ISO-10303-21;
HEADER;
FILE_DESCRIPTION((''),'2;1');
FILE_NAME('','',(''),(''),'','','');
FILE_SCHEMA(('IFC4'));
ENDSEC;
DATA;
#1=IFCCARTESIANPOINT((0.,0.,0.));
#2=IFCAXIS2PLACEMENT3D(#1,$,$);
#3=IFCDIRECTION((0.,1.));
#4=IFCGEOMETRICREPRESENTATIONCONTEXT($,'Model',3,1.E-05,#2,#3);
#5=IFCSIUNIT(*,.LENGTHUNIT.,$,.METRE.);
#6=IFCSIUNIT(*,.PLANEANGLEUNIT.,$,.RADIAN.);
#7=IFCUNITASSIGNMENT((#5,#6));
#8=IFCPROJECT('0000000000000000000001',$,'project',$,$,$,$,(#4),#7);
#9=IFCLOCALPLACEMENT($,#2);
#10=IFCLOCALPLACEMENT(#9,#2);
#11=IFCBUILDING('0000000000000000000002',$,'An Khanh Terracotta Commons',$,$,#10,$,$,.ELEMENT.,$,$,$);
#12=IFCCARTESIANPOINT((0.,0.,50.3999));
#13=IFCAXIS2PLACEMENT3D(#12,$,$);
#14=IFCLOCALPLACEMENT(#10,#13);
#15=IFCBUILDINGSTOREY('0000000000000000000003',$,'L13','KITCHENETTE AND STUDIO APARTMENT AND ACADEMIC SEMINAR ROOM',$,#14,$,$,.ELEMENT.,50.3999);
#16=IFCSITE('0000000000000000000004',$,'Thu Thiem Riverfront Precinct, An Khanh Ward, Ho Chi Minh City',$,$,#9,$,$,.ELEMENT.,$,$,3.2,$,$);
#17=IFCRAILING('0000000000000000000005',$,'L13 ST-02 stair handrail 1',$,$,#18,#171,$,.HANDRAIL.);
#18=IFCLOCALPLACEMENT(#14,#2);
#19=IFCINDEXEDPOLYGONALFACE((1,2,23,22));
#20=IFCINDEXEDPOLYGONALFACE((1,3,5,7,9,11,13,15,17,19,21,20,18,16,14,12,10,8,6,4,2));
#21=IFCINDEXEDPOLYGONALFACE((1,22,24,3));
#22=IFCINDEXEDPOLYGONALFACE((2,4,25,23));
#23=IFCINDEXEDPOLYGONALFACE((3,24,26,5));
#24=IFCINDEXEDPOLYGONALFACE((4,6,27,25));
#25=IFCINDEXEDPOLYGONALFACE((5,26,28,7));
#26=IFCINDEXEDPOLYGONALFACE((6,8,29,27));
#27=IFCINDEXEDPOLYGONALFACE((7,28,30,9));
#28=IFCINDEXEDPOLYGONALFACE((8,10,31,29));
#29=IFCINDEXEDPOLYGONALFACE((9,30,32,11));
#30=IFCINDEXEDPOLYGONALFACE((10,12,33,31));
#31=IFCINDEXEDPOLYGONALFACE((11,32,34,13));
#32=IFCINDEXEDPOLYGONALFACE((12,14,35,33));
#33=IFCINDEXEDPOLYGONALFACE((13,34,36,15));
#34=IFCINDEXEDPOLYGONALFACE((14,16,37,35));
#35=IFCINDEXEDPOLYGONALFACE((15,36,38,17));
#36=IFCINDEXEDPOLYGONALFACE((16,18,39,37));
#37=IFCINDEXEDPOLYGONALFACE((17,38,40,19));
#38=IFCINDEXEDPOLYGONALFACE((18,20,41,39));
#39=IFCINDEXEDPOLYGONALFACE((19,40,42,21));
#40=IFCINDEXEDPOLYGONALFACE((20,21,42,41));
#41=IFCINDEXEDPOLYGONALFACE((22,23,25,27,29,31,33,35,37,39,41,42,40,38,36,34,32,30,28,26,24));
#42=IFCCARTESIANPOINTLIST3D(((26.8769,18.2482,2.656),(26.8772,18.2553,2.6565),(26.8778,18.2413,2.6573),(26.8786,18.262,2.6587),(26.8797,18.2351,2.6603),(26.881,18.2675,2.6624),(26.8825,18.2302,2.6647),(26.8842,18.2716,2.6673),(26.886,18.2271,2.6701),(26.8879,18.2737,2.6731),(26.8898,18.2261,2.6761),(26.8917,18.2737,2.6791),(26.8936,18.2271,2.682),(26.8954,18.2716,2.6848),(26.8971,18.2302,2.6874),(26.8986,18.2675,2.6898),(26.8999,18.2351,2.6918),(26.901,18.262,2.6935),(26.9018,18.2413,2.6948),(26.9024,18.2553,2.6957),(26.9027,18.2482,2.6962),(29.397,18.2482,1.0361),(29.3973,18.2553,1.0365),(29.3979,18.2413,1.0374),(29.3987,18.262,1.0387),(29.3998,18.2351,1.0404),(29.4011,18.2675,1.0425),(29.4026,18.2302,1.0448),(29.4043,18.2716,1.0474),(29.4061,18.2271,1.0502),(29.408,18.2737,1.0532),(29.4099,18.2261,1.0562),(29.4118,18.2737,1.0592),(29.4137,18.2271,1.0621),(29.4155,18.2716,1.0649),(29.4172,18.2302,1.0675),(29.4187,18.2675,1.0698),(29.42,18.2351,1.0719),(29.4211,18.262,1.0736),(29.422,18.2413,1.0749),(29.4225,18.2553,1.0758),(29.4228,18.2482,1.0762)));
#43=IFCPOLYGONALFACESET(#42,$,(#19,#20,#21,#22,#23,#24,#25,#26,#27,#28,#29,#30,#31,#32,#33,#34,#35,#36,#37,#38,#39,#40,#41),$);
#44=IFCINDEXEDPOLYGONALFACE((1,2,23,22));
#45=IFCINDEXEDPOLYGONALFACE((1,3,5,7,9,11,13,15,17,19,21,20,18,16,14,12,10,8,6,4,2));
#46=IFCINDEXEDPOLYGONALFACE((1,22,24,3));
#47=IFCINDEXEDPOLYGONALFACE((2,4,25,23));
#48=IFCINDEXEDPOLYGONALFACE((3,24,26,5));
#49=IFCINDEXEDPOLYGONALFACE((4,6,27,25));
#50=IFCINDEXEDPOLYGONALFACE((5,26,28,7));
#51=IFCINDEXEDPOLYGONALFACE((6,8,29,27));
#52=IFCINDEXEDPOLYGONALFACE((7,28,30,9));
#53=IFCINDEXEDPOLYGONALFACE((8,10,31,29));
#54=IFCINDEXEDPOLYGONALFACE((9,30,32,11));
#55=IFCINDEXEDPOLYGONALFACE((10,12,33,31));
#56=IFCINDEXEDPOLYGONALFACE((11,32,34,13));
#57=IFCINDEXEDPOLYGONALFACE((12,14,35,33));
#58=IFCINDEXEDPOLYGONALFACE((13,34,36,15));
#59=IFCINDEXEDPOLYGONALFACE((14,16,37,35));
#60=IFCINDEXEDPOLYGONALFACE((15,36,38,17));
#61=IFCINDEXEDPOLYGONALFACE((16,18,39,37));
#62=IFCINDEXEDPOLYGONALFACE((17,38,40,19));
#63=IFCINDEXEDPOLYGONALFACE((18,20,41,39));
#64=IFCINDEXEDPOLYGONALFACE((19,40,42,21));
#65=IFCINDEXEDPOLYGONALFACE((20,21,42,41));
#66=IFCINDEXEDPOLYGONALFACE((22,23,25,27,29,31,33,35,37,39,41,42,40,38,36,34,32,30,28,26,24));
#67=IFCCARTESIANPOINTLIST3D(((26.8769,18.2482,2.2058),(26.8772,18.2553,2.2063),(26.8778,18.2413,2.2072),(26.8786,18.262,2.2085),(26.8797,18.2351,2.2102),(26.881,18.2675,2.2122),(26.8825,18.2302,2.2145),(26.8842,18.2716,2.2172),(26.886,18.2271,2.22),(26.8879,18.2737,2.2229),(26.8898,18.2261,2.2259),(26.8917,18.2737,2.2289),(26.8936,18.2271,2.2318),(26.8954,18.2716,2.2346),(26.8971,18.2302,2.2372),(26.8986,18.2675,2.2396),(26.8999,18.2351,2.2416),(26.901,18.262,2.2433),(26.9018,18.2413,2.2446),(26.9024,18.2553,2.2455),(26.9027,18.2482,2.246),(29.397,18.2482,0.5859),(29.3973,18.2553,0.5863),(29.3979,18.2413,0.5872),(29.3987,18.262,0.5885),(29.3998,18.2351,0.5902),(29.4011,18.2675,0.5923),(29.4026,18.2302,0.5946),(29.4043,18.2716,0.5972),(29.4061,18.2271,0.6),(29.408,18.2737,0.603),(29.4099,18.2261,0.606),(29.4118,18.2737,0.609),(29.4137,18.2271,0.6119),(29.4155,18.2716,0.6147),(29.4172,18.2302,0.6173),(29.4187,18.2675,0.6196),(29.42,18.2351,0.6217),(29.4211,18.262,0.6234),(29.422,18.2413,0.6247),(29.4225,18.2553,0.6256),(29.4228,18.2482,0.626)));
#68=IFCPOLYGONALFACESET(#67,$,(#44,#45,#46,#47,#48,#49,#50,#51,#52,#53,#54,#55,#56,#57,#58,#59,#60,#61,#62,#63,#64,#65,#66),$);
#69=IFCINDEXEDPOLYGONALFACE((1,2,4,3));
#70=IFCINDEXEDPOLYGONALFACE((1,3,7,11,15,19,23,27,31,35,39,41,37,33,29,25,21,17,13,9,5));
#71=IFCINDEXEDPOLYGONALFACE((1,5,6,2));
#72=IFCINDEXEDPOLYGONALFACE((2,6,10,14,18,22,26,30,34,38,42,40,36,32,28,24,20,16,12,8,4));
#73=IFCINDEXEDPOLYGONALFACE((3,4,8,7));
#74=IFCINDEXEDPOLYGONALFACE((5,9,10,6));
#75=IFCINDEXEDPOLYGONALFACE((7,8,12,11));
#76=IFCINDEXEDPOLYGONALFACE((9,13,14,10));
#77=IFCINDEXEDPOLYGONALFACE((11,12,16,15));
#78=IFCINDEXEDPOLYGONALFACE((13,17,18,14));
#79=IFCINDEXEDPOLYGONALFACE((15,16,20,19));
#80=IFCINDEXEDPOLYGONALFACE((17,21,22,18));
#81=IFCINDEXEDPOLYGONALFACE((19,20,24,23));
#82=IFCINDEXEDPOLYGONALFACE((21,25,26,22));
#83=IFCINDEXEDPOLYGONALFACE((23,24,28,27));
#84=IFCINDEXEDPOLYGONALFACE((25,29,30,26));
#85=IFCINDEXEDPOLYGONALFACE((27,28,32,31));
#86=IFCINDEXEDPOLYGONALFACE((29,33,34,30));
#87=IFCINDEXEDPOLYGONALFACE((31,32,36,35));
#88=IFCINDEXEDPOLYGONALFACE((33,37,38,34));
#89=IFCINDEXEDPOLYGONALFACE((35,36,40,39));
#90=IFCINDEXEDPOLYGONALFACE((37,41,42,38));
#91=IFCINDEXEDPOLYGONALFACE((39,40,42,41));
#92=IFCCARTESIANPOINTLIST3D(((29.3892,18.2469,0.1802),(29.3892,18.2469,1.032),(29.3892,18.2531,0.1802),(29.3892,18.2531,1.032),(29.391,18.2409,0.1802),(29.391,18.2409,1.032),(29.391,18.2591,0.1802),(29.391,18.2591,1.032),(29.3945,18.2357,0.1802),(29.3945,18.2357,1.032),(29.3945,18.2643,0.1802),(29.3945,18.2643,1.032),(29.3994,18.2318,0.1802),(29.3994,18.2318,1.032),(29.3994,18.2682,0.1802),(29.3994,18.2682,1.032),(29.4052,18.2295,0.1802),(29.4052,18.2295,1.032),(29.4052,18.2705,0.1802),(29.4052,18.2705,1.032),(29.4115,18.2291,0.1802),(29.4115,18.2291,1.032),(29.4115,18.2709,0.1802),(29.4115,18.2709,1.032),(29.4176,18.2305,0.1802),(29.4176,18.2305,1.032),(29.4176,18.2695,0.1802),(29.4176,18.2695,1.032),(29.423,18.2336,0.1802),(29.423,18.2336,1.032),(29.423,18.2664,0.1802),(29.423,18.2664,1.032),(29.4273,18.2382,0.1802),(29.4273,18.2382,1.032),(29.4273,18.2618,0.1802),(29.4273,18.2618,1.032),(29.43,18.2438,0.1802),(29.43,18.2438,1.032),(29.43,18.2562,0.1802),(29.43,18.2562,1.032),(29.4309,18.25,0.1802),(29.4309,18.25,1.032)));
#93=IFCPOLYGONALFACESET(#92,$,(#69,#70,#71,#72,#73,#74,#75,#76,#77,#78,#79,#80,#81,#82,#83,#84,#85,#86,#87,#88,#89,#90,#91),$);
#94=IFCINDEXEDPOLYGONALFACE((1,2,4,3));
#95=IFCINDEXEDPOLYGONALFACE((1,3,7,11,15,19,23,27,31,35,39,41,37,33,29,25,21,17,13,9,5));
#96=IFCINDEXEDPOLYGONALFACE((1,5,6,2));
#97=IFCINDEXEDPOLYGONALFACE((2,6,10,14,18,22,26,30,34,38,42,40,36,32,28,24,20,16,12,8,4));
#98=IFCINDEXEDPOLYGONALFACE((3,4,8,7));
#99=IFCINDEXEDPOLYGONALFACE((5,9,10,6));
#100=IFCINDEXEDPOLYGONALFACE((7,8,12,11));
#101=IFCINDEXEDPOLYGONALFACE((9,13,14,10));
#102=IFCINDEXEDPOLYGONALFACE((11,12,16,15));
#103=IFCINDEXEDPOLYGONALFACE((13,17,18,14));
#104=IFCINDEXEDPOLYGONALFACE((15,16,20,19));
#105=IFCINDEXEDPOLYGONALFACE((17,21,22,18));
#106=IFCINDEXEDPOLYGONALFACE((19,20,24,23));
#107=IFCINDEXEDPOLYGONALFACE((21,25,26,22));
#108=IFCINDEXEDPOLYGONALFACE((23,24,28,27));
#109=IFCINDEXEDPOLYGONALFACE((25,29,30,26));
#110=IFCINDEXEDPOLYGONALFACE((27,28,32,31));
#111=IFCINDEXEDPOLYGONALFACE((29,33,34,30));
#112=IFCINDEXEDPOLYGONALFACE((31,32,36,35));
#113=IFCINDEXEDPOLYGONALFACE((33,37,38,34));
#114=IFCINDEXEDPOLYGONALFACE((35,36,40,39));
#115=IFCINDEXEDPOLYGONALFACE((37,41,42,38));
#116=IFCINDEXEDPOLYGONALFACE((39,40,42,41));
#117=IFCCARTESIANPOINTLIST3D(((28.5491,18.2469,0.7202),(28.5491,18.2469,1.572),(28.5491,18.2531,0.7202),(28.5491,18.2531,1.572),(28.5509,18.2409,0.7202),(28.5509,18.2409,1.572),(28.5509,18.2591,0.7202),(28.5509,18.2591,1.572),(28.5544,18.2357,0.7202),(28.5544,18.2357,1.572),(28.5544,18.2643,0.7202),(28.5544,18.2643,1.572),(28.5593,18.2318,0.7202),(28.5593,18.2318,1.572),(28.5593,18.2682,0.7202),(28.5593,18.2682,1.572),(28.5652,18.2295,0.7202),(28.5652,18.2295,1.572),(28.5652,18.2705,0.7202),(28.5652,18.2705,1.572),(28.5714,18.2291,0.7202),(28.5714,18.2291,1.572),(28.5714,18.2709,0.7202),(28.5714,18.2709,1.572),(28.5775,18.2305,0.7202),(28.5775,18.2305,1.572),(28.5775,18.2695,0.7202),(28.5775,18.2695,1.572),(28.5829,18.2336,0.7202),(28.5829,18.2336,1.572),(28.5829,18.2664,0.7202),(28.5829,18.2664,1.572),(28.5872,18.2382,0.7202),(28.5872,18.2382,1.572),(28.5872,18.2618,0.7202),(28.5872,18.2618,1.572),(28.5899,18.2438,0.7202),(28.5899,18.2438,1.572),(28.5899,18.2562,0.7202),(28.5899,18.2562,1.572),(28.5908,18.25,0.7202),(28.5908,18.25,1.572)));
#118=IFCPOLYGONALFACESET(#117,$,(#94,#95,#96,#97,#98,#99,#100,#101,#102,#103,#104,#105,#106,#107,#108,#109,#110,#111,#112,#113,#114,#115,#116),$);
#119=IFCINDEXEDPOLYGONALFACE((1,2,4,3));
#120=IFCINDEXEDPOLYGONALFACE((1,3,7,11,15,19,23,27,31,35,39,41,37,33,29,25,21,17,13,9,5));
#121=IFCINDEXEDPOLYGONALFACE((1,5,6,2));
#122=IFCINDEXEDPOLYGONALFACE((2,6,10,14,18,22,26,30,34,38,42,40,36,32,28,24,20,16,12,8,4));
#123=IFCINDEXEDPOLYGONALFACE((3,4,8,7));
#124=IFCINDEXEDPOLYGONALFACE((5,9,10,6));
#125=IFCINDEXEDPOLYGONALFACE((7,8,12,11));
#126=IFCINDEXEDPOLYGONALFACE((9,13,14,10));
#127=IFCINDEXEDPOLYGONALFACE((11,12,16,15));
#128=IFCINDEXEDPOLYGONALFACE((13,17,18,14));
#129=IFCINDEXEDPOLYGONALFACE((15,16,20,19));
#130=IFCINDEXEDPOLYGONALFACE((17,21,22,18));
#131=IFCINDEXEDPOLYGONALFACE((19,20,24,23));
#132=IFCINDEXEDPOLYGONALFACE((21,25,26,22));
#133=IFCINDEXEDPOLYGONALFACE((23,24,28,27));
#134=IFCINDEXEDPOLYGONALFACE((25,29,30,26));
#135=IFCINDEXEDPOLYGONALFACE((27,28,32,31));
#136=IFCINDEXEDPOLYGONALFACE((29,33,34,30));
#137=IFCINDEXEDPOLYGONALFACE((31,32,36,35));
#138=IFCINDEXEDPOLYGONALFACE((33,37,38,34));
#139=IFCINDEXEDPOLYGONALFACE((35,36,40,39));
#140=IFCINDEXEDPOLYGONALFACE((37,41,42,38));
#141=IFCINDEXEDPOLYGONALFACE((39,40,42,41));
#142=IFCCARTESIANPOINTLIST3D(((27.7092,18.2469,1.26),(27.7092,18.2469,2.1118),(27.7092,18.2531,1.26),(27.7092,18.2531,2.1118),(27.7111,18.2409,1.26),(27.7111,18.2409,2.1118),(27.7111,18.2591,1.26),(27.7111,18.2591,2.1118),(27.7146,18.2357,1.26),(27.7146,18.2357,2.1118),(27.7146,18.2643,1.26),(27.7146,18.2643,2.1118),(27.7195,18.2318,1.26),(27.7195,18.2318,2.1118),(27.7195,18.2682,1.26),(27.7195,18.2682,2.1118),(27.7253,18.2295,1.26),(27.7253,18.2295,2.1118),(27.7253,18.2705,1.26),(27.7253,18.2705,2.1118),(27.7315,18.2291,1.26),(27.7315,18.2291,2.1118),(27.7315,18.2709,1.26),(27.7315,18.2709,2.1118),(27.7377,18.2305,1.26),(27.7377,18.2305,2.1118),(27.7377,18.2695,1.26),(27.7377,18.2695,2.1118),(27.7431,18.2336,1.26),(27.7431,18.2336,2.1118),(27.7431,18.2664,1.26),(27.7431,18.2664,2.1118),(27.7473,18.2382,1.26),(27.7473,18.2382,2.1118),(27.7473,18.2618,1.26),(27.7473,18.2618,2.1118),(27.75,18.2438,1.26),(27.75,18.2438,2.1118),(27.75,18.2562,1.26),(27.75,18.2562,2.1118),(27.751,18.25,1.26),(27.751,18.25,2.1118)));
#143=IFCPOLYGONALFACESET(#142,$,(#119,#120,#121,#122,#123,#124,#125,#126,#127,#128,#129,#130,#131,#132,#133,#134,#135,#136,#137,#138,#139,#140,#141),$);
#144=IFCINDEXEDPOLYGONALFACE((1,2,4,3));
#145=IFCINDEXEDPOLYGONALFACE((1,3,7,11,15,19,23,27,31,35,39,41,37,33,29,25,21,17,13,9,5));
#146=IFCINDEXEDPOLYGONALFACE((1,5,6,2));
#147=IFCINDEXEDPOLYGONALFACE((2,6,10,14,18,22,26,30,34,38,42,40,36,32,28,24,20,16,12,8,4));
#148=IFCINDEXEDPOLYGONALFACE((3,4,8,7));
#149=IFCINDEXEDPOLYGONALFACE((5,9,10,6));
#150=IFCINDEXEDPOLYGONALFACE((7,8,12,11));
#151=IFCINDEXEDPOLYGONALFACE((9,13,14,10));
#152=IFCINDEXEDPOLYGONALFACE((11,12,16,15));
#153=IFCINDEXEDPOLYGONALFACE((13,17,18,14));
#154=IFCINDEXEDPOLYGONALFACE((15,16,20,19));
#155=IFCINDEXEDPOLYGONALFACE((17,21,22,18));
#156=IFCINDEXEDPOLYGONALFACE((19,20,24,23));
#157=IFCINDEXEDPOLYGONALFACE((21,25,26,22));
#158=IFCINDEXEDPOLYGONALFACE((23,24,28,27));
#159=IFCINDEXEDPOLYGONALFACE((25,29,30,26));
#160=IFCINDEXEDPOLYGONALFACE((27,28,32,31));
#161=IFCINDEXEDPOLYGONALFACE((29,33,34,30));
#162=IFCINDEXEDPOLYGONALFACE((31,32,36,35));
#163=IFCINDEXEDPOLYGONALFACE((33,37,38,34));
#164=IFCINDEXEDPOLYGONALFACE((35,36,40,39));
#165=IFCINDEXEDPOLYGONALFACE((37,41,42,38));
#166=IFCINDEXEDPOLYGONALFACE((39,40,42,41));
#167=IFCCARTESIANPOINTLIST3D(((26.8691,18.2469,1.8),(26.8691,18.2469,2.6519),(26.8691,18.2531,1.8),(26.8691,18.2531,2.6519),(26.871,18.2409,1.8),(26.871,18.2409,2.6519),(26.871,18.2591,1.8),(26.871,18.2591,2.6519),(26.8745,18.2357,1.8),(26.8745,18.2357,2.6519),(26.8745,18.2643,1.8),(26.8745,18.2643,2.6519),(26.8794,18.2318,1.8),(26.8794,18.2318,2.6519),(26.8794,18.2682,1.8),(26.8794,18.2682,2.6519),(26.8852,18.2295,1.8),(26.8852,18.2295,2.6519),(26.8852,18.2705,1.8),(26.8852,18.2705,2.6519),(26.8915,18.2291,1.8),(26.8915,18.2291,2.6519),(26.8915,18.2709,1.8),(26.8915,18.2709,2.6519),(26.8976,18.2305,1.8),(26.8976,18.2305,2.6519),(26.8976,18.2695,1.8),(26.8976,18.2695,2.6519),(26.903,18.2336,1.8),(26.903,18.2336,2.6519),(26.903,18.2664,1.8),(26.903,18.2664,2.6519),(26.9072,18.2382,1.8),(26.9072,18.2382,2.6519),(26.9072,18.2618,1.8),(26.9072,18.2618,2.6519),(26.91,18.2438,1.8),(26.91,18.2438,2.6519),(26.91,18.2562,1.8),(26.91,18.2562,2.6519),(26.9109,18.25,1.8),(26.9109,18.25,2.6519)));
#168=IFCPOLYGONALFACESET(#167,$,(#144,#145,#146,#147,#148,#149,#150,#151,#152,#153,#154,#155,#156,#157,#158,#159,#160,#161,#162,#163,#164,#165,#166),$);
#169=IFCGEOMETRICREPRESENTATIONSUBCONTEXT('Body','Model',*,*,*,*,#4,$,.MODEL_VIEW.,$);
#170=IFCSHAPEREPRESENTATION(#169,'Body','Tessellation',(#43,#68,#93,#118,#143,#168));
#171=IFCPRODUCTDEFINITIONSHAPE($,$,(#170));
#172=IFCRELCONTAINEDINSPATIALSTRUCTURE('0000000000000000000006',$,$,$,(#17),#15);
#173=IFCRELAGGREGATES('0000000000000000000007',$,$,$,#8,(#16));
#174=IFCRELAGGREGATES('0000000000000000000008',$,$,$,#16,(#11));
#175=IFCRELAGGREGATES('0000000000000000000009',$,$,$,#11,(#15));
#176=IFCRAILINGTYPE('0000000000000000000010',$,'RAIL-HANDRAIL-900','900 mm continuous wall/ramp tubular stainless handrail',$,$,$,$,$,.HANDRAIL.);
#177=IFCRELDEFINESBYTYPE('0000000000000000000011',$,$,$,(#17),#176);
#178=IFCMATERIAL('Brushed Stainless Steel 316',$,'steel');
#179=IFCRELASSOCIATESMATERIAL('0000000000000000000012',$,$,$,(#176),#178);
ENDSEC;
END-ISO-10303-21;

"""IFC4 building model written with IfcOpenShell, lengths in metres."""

from ifc_helpers import new_model, si_unit, direction, frame, origin, origin_2d, place, context, subcontext, project, spatial, circle, extrude, material, type_object, element, save


model = new_model("IFC4")

# Units and contexts
model_context = context("Model", 3, precision=1e-05, world=origin(), true_north=direction((0.0, 1.0)))
body_context = subcontext(model_context, "Body", "Model", "MODEL_VIEW")
ifc_project = project(units=[si_unit("LENGTHUNIT", "METRE"), si_unit("PLANEANGLEUNIT", "RADIAN")], contexts=[model_context])

# Site, building, storey
site_placement = place(None, origin())
site = spatial("IfcSite", under=ifc_project, at=site_placement, Name="Thu Thiem Riverfront Precinct, An Khanh Ward, Ho Chi Minh City", CompositionType="ELEMENT", RefElevation=3.2)
building_placement = place(site_placement, origin())
building = spatial("IfcBuilding", under=site, at=building_placement, Name="An Khanh Terracotta Commons", CompositionType="ELEMENT")
storey_placement = place(building_placement, frame((0.0, 0.0, 50.3999)))
storey = spatial("IfcBuildingStorey", under=building, at=storey_placement, Name="L13", Description="KITCHENETTE AND STUDIO APARTMENT AND ACADEMIC SEMINAR ROOM", CompositionType="ELEMENT", Elevation=50.3999)

# Railing
ifc_material_1 = material(Name="Brushed Stainless Steel 316", Category="steel")
railing_type = type_object("IfcRailingType", Name="RAIL-HANDRAIL-900", Description="900 mm continuous wall/ramp tubular stainless handrail", PredefinedType="HANDRAIL", material=ifc_material_1)
railing_placement = place(storey_placement, frame((29.4099, 18.25, 0.1802)))
element("IfcRailing", 1, at=railing_placement, inside=storey, type_object=railing_type, Name="L13 ST-02 stair handrail 1", PredefinedType="HANDRAIL", context=body_context, shape_type="SweptSolid", body=[
    extrude(circle(Radius=0.0239, at=origin_2d()), frame((0.0, 0.0, 0.876), z_axis=(-0.8412, 0.0, 0.540725), x_axis=(0.0, -1.0, 0.0)), (0.0, 0.0, 1.0), 2.9958),
    extrude(circle(Radius=0.0239, at=origin_2d()), frame((0.0, 0.0, 0.4258), z_axis=(-0.8412, 0.0, 0.540725), x_axis=(0.0, -1.0, 0.0)), (0.0, 0.0, 1.0), 2.9958),
    extrude(circle(Radius=0.021, at=origin_2d()), origin(), (0.0, 0.0, 1.0), 0.8518),
    extrude(circle(Radius=0.021, at=origin_2d()), frame((-0.8401, 0.0, 0.54)), (0.0, 0.0, 1.0), 0.8518),
    extrude(circle(Radius=0.021, at=origin_2d()), frame((-1.6799, 0.0, 1.0798)), (0.0, 0.0, 1.0), 0.8518),
    extrude(circle(Radius=0.021, at=origin_2d()), frame((-2.52, 0.0, 1.6199)), (0.0, 0.0, 1.0), 0.8518),
])

save(model, "model.ifc")
